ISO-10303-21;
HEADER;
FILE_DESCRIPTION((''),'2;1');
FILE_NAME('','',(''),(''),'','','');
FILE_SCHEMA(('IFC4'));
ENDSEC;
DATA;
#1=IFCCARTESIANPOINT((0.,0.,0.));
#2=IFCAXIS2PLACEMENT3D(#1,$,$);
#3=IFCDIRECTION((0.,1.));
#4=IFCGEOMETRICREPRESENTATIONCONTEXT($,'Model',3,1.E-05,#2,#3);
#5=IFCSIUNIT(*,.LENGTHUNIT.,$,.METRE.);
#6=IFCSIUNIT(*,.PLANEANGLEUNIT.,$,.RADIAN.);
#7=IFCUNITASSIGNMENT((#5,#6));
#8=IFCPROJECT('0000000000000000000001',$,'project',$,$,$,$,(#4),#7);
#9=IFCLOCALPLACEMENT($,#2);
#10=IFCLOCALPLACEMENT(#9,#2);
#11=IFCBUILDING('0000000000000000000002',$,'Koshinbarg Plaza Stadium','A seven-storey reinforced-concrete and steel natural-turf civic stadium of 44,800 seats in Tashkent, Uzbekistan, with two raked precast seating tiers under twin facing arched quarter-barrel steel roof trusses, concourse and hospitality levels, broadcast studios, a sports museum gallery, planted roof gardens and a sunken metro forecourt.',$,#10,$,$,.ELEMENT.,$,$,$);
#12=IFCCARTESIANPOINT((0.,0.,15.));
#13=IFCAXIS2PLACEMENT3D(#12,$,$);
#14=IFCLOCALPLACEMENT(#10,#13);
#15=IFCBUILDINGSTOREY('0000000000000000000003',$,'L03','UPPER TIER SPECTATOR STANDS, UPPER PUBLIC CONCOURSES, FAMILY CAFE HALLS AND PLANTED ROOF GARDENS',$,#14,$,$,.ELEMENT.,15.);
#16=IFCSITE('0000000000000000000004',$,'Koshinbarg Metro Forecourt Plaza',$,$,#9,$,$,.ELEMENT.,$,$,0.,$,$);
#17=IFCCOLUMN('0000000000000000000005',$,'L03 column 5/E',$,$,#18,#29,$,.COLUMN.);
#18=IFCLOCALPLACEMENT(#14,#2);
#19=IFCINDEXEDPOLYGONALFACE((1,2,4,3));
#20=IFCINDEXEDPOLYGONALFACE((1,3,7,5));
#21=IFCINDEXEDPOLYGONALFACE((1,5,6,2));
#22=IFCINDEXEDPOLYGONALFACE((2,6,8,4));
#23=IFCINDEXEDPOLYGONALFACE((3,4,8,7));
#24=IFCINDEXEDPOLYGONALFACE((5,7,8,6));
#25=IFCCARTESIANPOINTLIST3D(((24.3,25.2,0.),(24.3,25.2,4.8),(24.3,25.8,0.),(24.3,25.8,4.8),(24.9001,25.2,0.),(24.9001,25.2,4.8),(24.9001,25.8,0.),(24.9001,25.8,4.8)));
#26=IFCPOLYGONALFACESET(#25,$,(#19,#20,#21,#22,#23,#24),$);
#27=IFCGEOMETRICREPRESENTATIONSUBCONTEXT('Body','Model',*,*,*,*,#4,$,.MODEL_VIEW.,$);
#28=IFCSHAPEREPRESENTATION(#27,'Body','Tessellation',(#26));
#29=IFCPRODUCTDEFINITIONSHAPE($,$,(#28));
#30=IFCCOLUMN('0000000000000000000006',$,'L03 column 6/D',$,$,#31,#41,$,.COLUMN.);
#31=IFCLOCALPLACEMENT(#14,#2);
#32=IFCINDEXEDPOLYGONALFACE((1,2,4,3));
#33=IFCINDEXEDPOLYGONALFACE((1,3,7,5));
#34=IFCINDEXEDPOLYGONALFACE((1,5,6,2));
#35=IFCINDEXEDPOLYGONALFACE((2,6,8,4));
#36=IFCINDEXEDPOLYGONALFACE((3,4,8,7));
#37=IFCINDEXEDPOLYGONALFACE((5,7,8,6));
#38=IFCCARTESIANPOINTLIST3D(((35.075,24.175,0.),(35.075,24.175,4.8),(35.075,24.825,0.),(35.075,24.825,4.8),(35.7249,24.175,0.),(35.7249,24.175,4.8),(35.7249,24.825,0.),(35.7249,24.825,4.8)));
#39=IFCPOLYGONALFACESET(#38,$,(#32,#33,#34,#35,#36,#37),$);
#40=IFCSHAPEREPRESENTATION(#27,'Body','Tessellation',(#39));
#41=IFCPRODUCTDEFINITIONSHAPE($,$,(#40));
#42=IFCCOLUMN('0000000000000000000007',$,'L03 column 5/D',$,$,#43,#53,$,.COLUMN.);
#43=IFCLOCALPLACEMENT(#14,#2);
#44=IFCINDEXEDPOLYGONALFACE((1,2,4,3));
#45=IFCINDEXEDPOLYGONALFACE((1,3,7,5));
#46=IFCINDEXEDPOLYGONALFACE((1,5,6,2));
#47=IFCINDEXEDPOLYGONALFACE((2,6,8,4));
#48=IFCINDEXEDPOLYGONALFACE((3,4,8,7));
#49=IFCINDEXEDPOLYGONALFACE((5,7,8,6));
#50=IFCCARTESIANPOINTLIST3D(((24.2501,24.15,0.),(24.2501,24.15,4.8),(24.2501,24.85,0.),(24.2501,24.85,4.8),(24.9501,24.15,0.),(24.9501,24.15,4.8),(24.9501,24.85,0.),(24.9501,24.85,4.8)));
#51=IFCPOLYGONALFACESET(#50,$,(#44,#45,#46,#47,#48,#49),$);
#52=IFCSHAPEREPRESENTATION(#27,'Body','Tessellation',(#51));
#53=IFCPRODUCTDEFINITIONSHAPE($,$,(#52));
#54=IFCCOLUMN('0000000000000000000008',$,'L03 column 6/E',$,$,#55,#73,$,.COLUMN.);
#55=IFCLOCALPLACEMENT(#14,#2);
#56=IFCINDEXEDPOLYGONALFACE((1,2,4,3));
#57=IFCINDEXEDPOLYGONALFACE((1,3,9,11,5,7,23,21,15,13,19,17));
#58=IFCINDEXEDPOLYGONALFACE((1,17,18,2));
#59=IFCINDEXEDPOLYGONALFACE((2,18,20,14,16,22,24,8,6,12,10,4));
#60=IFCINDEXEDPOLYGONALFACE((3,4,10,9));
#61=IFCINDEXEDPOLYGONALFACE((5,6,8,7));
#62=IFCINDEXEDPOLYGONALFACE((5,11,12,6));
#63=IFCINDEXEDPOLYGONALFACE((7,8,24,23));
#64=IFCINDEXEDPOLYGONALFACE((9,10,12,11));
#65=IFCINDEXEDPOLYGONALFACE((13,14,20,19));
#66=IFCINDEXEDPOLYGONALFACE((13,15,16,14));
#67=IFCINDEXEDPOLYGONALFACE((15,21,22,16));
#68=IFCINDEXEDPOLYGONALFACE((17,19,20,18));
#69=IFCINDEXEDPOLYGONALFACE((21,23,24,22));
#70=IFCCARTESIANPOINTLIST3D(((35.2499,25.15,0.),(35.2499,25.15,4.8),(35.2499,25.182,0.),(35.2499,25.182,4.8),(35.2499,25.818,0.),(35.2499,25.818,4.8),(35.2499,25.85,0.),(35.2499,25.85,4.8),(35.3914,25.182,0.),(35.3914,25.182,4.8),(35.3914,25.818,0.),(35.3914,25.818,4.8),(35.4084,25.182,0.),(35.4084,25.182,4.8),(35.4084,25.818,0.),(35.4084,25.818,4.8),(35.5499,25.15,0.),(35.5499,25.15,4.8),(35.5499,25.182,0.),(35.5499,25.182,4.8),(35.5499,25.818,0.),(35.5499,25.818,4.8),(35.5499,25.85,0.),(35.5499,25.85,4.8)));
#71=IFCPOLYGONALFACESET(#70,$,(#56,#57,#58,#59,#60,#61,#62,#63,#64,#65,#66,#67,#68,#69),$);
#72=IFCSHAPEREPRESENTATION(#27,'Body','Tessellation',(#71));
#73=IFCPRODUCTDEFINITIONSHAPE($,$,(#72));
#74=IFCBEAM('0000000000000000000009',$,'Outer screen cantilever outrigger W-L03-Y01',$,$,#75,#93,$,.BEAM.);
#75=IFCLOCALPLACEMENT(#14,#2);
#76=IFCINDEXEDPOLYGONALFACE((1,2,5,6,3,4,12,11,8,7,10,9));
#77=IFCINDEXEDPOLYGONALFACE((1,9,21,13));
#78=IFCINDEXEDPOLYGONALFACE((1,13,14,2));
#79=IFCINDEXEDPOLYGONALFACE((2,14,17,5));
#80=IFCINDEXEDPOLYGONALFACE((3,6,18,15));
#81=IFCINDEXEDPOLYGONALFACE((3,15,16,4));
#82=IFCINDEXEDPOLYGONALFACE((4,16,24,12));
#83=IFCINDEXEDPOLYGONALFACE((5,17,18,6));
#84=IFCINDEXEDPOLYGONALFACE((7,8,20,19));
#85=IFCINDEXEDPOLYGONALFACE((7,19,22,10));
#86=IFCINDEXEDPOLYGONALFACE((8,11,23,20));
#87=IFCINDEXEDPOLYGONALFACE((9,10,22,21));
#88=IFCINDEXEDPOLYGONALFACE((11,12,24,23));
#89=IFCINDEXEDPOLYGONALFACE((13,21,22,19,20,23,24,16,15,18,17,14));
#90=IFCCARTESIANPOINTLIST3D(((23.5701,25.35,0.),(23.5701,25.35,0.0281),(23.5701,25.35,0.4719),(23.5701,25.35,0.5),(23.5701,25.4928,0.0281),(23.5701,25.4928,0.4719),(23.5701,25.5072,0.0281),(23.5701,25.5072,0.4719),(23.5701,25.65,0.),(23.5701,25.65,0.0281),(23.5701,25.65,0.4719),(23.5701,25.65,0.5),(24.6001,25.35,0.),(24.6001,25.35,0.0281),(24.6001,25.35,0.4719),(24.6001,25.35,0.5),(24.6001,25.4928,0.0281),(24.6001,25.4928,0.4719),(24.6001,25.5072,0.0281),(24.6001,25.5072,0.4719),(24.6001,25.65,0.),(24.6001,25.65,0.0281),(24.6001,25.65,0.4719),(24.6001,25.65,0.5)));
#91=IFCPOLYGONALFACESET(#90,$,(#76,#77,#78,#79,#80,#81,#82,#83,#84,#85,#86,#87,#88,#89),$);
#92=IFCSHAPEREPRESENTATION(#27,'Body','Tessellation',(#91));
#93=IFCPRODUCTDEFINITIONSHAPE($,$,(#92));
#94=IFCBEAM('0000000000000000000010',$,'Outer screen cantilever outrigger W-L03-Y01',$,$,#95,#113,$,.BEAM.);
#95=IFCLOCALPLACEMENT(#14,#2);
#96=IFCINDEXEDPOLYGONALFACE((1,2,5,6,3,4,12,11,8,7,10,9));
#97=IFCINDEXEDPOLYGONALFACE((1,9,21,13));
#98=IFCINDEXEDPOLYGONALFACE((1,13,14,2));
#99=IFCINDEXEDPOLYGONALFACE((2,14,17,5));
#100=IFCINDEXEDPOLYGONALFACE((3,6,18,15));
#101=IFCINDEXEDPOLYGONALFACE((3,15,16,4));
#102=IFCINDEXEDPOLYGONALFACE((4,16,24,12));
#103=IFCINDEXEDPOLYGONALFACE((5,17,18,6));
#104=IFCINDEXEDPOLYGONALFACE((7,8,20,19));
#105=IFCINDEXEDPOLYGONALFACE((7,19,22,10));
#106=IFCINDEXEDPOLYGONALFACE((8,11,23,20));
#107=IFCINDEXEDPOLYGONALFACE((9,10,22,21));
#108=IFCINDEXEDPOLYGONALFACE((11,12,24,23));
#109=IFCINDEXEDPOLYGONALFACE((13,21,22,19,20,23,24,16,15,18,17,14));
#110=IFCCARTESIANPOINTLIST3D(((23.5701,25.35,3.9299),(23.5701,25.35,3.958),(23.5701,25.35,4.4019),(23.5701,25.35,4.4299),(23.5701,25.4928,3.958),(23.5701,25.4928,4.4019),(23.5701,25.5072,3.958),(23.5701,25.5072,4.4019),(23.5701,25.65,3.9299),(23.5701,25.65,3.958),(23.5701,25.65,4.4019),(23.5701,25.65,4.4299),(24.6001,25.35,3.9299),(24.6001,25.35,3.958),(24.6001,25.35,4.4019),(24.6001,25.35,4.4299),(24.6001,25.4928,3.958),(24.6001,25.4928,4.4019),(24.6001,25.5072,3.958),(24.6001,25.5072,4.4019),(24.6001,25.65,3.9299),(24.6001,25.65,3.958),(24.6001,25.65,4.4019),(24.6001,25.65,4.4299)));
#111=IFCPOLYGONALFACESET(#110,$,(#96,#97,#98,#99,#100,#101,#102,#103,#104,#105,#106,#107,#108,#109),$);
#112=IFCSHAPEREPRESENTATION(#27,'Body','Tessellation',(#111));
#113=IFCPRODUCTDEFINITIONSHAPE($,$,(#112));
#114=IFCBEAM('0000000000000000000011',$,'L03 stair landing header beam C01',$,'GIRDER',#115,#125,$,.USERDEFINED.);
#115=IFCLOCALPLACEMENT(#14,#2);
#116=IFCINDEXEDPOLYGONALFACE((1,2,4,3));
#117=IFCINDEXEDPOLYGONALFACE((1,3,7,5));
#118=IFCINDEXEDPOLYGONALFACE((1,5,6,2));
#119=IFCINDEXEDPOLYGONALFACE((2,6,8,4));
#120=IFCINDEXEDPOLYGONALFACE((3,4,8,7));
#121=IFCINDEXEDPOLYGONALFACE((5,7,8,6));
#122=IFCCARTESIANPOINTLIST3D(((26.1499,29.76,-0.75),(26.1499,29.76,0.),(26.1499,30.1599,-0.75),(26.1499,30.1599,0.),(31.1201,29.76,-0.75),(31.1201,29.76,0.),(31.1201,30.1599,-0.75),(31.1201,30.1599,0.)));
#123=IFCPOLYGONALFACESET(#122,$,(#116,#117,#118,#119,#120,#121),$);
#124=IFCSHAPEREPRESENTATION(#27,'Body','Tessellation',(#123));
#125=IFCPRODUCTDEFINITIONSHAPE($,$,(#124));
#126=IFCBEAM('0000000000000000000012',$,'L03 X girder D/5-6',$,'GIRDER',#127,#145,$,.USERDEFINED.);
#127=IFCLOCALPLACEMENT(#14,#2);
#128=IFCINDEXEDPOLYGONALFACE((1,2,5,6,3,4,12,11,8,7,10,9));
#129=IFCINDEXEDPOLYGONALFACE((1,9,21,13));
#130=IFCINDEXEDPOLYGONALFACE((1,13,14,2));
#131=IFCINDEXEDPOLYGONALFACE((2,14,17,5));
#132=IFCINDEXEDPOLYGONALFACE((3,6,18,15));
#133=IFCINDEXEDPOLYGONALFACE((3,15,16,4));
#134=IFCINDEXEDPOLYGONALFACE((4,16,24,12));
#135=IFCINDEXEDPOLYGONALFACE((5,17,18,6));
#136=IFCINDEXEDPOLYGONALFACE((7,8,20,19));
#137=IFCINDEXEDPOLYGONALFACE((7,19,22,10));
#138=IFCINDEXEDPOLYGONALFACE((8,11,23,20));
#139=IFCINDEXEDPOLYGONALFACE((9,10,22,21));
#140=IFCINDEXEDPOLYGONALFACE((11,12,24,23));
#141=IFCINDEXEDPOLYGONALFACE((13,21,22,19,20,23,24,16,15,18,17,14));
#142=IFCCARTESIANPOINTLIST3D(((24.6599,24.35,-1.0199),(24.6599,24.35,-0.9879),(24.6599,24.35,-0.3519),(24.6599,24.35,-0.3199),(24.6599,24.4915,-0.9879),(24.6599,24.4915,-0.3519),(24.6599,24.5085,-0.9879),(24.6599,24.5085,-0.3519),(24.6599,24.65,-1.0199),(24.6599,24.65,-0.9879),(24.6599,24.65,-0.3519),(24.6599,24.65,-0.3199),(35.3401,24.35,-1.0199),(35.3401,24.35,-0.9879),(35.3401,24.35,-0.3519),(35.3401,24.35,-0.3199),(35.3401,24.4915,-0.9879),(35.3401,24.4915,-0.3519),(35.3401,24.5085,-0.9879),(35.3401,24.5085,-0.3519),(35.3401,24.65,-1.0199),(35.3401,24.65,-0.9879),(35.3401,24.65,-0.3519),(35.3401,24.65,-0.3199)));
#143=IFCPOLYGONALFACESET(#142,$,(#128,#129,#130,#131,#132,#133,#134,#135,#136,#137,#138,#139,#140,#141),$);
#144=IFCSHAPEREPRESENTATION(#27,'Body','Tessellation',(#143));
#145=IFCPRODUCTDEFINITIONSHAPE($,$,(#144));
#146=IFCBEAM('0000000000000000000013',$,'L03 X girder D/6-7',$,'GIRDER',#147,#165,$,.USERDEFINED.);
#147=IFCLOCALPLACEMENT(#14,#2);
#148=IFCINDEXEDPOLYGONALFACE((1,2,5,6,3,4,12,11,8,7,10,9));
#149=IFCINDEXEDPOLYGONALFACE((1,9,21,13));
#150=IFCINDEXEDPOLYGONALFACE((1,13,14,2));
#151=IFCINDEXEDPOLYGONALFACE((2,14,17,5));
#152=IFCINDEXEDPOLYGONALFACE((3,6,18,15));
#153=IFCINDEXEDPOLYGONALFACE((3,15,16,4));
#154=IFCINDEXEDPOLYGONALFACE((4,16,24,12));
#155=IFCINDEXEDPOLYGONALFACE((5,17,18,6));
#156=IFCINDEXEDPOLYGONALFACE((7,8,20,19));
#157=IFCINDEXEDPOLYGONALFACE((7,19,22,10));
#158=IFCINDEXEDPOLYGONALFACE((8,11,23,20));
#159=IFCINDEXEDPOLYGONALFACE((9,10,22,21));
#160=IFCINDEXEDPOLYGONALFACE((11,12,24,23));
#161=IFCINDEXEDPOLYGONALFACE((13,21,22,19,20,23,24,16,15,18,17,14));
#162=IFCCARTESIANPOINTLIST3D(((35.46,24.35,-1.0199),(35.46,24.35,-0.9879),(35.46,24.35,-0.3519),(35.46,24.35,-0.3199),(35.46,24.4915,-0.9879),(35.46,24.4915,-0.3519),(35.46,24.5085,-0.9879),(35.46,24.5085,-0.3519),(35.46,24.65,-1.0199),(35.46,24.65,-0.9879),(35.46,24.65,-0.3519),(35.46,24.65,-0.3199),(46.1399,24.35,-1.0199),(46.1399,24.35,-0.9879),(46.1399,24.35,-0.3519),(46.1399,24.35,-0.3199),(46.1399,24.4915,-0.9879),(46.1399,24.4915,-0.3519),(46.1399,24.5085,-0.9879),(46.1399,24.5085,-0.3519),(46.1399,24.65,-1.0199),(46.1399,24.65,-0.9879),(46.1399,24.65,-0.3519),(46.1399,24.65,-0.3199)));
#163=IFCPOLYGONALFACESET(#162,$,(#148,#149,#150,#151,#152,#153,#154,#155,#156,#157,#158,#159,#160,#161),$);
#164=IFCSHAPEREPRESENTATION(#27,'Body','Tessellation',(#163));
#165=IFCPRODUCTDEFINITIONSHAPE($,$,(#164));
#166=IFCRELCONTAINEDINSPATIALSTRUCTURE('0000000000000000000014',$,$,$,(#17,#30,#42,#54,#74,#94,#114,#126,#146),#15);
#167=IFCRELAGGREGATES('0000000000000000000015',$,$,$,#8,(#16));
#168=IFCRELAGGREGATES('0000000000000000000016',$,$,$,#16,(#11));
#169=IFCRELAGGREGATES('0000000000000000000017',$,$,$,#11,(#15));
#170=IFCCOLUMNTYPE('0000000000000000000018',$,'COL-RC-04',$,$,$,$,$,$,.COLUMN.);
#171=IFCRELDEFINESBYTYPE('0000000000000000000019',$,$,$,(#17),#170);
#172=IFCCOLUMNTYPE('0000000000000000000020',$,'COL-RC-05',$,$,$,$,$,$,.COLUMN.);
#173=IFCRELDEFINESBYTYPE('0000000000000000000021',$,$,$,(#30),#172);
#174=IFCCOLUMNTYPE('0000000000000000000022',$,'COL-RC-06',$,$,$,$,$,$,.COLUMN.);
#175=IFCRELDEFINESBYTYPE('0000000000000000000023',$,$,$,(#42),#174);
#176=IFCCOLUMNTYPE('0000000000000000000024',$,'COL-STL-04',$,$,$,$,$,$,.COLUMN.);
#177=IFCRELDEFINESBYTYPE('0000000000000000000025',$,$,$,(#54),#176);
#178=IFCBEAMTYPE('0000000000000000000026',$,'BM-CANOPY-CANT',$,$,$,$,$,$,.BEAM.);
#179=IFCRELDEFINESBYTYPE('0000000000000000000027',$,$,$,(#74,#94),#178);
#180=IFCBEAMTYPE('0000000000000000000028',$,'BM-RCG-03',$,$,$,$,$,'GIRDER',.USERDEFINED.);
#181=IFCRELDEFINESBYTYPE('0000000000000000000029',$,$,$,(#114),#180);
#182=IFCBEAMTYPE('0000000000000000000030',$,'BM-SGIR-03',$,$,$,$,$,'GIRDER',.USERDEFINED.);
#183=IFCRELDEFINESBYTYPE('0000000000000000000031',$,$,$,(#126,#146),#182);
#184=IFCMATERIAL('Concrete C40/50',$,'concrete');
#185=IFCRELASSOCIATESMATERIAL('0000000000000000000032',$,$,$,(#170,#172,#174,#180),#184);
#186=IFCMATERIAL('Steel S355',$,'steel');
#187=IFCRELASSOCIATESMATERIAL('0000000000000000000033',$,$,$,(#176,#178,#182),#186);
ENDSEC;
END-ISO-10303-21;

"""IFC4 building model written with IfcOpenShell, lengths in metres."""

from ifc_helpers import new_model, si_unit, direction, frame, origin, origin_2d, place, context, subcontext, project, spatial, rectangle, i_section, extrude, material, material_profile, profile_set, type_object, element, save


model = new_model("IFC4")

# Units and contexts
model_context = context("Model", 3, precision=1e-05, world=origin(), true_north=direction((0.0, 1.0)))
body_context = subcontext(model_context, "Body", "Model", "MODEL_VIEW")
ifc_project = project(units=[si_unit("LENGTHUNIT", "METRE"), si_unit("PLANEANGLEUNIT", "RADIAN")], contexts=[model_context])

# Site, building, storey
site_placement = place(None, origin())
site = spatial("IfcSite", under=ifc_project, at=site_placement, Name="Koshinbarg Metro Forecourt Plaza", CompositionType="ELEMENT", RefElevation=0.0)
building_placement = place(site_placement, origin())
building = spatial("IfcBuilding", under=site, at=building_placement, Name="Koshinbarg Plaza Stadium", Description="A seven-storey reinforced-concrete and steel natural-turf civic stadium of 44,800 seats in Tashkent, Uzbekistan, with two raked precast seating tiers under twin facing arched quarter-barrel steel roof trusses, concourse and hospitality levels, broadcast studios, a sports museum gallery, planted roof gardens and a sunken metro forecourt.", CompositionType="ELEMENT")
storey_placement = place(building_placement, frame((0.0, 0.0, 15.0)))
storey = spatial("IfcBuildingStorey", under=building, at=storey_placement, Name="L03", Description="UPPER TIER SPECTATOR STANDS, UPPER PUBLIC CONCOURSES, FAMILY CAFE HALLS AND PLANTED ROOF GARDENS", CompositionType="ELEMENT", Elevation=15.0)

# Columns
ifc_material_1 = material(Name="Concrete C40/50", Category="concrete")
ifc_material_profile_1 = material_profile(ifc_material_1, rectangle(XDim=0.6001, YDim=0.6001, at=origin_2d()), Name="RC 600x600")
ifc_profile_set_1 = profile_set([ifc_material_profile_1], Name="Concrete C40/50")
column_type_1 = type_object("IfcColumnType", Name="COL-RC-04", PredefinedType="COLUMN", material=ifc_profile_set_1)
column_1_placement = place(storey_placement, frame((24.6001, 25.5, 0.0), z_axis=(0.0, 0.0, 1.0), x_axis=(1.0, 0.0, 0.0)))
element("IfcColumn", 1, at=column_1_placement, inside=storey, type_object=column_type_1, Name="L03 column 5/E", PredefinedType="COLUMN", context=body_context, shape_type="SweptSolid", body=[
    extrude(rectangle(XDim=0.6001, YDim=0.6001, at=origin_2d()), origin(), (0.0, 0.0, 1.0), 4.8),
])
ifc_material_profile_2 = material_profile(ifc_material_1, rectangle(XDim=0.6499, YDim=0.6499, at=origin_2d()), Name="RC 650x650")
ifc_profile_set_2 = profile_set([ifc_material_profile_2], Name="Concrete C40/50")
column_type_2 = type_object("IfcColumnType", Name="COL-RC-05", PredefinedType="COLUMN", material=ifc_profile_set_2)
column_2_placement = place(storey_placement, frame((35.3999, 24.5, 0.0), z_axis=(0.0, 0.0, 1.0), x_axis=(1.0, 0.0, 0.0)))
element("IfcColumn", 2, at=column_2_placement, inside=storey, type_object=column_type_2, Name="L03 column 6/D", PredefinedType="COLUMN", context=body_context, shape_type="SweptSolid", body=[
    extrude(rectangle(XDim=0.6499, YDim=0.6499, at=origin_2d()), origin(), (0.0, 0.0, 1.0), 4.8),
])
ifc_material_profile_3 = material_profile(ifc_material_1, rectangle(XDim=0.7, YDim=0.7, at=origin_2d()), Name="RC 700x700")
ifc_profile_set_3 = profile_set([ifc_material_profile_3], Name="Concrete C40/50")
column_type_3 = type_object("IfcColumnType", Name="COL-RC-06", PredefinedType="COLUMN", material=ifc_profile_set_3)
column_3_placement = place(storey_placement, frame((24.6001, 24.5, 0.0), z_axis=(0.0, 0.0, 1.0), x_axis=(1.0, 0.0, 0.0)))
element("IfcColumn", 3, at=column_3_placement, inside=storey, type_object=column_type_3, Name="L03 column 5/D", PredefinedType="COLUMN", context=body_context, shape_type="SweptSolid", body=[
    extrude(rectangle(XDim=0.7, YDim=0.7, at=origin_2d()), origin(), (0.0, 0.0, 1.0), 4.8),
])
ifc_material_2 = material(Name="Steel S355", Category="steel")
ifc_material_profile_4 = material_profile(ifc_material_2, i_section(OverallWidth=0.3, OverallDepth=0.7, WebThickness=0.0171, FlangeThickness=0.032, at=origin_2d()), Name="HEB 700")
ifc_profile_set_4 = profile_set([ifc_material_profile_4], Name="Steel S355")
column_type_4 = type_object("IfcColumnType", Name="COL-STL-04", PredefinedType="COLUMN", material=ifc_profile_set_4)
column_4_placement = place(storey_placement, frame((35.3999, 25.5, 0.0), z_axis=(0.0, 0.0, 1.0), x_axis=(1.0, 0.0, 0.0)))
element("IfcColumn", 4, at=column_4_placement, inside=storey, type_object=column_type_4, Name="L03 column 6/E", PredefinedType="COLUMN", context=body_context, shape_type="SweptSolid", body=[
    extrude(i_section(OverallWidth=0.3, OverallDepth=0.7, WebThickness=0.0171, FlangeThickness=0.032, at=origin_2d()), origin(), (0.0, 0.0, 1.0), 4.8),
])

# Beams
ifc_material_profile_5 = material_profile(ifc_material_2, i_section(OverallWidth=0.3, OverallDepth=0.5, WebThickness=0.0144, FlangeThickness=0.0281, at=origin_2d()), Name="HEB 500")
ifc_profile_set_5 = profile_set([ifc_material_profile_5], Name="Steel S355")
beam_type_1 = type_object("IfcBeamType", Name="BM-CANOPY-CANT", PredefinedType="BEAM", material=ifc_profile_set_5)
for number, where, z_axis, x_axis, name in (
    (5, (24.6001, 25.5, 0.25), (-1.0, 0.0, 0.0), (0.0, -1.0, 0.0), "Outer screen cantilever outrigger W-L03-Y01"),
    (6, (24.6001, 25.5, 4.1799), (-1.0, 0.0, 0.0), (0.0, -1.0, 0.0), "Outer screen cantilever outrigger W-L03-Y01"),
):
    element("IfcBeam", number, at=place(storey_placement, frame(where, z_axis=z_axis, x_axis=x_axis)), inside=storey, type_object=beam_type_1, Name=name, PredefinedType="BEAM", context=body_context, shape_type="SweptSolid", body=[
        extrude(i_section(OverallWidth=0.3, OverallDepth=0.5, WebThickness=0.0144, FlangeThickness=0.0281, at=origin_2d()), origin(), (0.0, 0.0, 1.0), 1.03),
    ])
ifc_material_profile_6 = material_profile(ifc_material_1, rectangle(XDim=0.3999, YDim=0.75, at=origin_2d()), Name="RC 400x750")
ifc_profile_set_6 = profile_set([ifc_material_profile_6], Name="Concrete C40/50")
beam_type_2 = type_object("IfcBeamType", Name="BM-RCG-03", ElementType="GIRDER", PredefinedType="USERDEFINED", material=ifc_profile_set_6)
beam_1_placement = place(storey_placement, frame((26.1499, 29.96, -0.375), z_axis=(1.0, 0.0, 0.0), x_axis=(0.0, 1.0, 0.0)))
element("IfcBeam", 7, at=beam_1_placement, inside=storey, type_object=beam_type_2, Name="L03 stair landing header beam C01", ObjectType="GIRDER", PredefinedType="USERDEFINED", context=body_context, shape_type="SweptSolid", body=[
    extrude(rectangle(XDim=0.3999, YDim=0.75, at=origin_2d()), origin(), (0.0, 0.0, 1.0), 4.9702),
])
ifc_material_profile_7 = material_profile(ifc_material_2, i_section(OverallWidth=0.3, OverallDepth=0.7, WebThickness=0.0171, FlangeThickness=0.032, at=origin_2d()), Name="HEB 700")
ifc_profile_set_7 = profile_set([ifc_material_profile_7], Name="Steel S355")
beam_type_3 = type_object("IfcBeamType", Name="BM-SGIR-03", ElementType="GIRDER", PredefinedType="USERDEFINED", material=ifc_profile_set_7)
beam_2_placement = place(storey_placement, frame((24.6599, 24.5, -0.6699), z_axis=(1.0, 0.0, 0.0), x_axis=(0.0, 1.0, 0.0)))
element("IfcBeam", 8, at=beam_2_placement, inside=storey, type_object=beam_type_3, Name="L03 X girder D/5-6", ObjectType="GIRDER", PredefinedType="USERDEFINED", context=body_context, shape_type="SweptSolid", body=[
    extrude(i_section(OverallWidth=0.3, OverallDepth=0.7, WebThickness=0.0171, FlangeThickness=0.032, at=origin_2d()), origin(), (0.0, 0.0, 1.0), 10.6802),
])
beam_3_placement = place(storey_placement, frame((35.46, 24.5, -0.6699), z_axis=(1.0, 0.0, 0.0), x_axis=(0.0, 1.0, 0.0)))
element("IfcBeam", 9, at=beam_3_placement, inside=storey, type_object=beam_type_3, Name="L03 X girder D/6-7", ObjectType="GIRDER", PredefinedType="USERDEFINED", context=body_context, shape_type="SweptSolid", body=[
    extrude(i_section(OverallWidth=0.3, OverallDepth=0.7, WebThickness=0.0171, FlangeThickness=0.032, at=origin_2d()), origin(), (0.0, 0.0, 1.0), 10.6799),
])

save(model, "model.ifc")
